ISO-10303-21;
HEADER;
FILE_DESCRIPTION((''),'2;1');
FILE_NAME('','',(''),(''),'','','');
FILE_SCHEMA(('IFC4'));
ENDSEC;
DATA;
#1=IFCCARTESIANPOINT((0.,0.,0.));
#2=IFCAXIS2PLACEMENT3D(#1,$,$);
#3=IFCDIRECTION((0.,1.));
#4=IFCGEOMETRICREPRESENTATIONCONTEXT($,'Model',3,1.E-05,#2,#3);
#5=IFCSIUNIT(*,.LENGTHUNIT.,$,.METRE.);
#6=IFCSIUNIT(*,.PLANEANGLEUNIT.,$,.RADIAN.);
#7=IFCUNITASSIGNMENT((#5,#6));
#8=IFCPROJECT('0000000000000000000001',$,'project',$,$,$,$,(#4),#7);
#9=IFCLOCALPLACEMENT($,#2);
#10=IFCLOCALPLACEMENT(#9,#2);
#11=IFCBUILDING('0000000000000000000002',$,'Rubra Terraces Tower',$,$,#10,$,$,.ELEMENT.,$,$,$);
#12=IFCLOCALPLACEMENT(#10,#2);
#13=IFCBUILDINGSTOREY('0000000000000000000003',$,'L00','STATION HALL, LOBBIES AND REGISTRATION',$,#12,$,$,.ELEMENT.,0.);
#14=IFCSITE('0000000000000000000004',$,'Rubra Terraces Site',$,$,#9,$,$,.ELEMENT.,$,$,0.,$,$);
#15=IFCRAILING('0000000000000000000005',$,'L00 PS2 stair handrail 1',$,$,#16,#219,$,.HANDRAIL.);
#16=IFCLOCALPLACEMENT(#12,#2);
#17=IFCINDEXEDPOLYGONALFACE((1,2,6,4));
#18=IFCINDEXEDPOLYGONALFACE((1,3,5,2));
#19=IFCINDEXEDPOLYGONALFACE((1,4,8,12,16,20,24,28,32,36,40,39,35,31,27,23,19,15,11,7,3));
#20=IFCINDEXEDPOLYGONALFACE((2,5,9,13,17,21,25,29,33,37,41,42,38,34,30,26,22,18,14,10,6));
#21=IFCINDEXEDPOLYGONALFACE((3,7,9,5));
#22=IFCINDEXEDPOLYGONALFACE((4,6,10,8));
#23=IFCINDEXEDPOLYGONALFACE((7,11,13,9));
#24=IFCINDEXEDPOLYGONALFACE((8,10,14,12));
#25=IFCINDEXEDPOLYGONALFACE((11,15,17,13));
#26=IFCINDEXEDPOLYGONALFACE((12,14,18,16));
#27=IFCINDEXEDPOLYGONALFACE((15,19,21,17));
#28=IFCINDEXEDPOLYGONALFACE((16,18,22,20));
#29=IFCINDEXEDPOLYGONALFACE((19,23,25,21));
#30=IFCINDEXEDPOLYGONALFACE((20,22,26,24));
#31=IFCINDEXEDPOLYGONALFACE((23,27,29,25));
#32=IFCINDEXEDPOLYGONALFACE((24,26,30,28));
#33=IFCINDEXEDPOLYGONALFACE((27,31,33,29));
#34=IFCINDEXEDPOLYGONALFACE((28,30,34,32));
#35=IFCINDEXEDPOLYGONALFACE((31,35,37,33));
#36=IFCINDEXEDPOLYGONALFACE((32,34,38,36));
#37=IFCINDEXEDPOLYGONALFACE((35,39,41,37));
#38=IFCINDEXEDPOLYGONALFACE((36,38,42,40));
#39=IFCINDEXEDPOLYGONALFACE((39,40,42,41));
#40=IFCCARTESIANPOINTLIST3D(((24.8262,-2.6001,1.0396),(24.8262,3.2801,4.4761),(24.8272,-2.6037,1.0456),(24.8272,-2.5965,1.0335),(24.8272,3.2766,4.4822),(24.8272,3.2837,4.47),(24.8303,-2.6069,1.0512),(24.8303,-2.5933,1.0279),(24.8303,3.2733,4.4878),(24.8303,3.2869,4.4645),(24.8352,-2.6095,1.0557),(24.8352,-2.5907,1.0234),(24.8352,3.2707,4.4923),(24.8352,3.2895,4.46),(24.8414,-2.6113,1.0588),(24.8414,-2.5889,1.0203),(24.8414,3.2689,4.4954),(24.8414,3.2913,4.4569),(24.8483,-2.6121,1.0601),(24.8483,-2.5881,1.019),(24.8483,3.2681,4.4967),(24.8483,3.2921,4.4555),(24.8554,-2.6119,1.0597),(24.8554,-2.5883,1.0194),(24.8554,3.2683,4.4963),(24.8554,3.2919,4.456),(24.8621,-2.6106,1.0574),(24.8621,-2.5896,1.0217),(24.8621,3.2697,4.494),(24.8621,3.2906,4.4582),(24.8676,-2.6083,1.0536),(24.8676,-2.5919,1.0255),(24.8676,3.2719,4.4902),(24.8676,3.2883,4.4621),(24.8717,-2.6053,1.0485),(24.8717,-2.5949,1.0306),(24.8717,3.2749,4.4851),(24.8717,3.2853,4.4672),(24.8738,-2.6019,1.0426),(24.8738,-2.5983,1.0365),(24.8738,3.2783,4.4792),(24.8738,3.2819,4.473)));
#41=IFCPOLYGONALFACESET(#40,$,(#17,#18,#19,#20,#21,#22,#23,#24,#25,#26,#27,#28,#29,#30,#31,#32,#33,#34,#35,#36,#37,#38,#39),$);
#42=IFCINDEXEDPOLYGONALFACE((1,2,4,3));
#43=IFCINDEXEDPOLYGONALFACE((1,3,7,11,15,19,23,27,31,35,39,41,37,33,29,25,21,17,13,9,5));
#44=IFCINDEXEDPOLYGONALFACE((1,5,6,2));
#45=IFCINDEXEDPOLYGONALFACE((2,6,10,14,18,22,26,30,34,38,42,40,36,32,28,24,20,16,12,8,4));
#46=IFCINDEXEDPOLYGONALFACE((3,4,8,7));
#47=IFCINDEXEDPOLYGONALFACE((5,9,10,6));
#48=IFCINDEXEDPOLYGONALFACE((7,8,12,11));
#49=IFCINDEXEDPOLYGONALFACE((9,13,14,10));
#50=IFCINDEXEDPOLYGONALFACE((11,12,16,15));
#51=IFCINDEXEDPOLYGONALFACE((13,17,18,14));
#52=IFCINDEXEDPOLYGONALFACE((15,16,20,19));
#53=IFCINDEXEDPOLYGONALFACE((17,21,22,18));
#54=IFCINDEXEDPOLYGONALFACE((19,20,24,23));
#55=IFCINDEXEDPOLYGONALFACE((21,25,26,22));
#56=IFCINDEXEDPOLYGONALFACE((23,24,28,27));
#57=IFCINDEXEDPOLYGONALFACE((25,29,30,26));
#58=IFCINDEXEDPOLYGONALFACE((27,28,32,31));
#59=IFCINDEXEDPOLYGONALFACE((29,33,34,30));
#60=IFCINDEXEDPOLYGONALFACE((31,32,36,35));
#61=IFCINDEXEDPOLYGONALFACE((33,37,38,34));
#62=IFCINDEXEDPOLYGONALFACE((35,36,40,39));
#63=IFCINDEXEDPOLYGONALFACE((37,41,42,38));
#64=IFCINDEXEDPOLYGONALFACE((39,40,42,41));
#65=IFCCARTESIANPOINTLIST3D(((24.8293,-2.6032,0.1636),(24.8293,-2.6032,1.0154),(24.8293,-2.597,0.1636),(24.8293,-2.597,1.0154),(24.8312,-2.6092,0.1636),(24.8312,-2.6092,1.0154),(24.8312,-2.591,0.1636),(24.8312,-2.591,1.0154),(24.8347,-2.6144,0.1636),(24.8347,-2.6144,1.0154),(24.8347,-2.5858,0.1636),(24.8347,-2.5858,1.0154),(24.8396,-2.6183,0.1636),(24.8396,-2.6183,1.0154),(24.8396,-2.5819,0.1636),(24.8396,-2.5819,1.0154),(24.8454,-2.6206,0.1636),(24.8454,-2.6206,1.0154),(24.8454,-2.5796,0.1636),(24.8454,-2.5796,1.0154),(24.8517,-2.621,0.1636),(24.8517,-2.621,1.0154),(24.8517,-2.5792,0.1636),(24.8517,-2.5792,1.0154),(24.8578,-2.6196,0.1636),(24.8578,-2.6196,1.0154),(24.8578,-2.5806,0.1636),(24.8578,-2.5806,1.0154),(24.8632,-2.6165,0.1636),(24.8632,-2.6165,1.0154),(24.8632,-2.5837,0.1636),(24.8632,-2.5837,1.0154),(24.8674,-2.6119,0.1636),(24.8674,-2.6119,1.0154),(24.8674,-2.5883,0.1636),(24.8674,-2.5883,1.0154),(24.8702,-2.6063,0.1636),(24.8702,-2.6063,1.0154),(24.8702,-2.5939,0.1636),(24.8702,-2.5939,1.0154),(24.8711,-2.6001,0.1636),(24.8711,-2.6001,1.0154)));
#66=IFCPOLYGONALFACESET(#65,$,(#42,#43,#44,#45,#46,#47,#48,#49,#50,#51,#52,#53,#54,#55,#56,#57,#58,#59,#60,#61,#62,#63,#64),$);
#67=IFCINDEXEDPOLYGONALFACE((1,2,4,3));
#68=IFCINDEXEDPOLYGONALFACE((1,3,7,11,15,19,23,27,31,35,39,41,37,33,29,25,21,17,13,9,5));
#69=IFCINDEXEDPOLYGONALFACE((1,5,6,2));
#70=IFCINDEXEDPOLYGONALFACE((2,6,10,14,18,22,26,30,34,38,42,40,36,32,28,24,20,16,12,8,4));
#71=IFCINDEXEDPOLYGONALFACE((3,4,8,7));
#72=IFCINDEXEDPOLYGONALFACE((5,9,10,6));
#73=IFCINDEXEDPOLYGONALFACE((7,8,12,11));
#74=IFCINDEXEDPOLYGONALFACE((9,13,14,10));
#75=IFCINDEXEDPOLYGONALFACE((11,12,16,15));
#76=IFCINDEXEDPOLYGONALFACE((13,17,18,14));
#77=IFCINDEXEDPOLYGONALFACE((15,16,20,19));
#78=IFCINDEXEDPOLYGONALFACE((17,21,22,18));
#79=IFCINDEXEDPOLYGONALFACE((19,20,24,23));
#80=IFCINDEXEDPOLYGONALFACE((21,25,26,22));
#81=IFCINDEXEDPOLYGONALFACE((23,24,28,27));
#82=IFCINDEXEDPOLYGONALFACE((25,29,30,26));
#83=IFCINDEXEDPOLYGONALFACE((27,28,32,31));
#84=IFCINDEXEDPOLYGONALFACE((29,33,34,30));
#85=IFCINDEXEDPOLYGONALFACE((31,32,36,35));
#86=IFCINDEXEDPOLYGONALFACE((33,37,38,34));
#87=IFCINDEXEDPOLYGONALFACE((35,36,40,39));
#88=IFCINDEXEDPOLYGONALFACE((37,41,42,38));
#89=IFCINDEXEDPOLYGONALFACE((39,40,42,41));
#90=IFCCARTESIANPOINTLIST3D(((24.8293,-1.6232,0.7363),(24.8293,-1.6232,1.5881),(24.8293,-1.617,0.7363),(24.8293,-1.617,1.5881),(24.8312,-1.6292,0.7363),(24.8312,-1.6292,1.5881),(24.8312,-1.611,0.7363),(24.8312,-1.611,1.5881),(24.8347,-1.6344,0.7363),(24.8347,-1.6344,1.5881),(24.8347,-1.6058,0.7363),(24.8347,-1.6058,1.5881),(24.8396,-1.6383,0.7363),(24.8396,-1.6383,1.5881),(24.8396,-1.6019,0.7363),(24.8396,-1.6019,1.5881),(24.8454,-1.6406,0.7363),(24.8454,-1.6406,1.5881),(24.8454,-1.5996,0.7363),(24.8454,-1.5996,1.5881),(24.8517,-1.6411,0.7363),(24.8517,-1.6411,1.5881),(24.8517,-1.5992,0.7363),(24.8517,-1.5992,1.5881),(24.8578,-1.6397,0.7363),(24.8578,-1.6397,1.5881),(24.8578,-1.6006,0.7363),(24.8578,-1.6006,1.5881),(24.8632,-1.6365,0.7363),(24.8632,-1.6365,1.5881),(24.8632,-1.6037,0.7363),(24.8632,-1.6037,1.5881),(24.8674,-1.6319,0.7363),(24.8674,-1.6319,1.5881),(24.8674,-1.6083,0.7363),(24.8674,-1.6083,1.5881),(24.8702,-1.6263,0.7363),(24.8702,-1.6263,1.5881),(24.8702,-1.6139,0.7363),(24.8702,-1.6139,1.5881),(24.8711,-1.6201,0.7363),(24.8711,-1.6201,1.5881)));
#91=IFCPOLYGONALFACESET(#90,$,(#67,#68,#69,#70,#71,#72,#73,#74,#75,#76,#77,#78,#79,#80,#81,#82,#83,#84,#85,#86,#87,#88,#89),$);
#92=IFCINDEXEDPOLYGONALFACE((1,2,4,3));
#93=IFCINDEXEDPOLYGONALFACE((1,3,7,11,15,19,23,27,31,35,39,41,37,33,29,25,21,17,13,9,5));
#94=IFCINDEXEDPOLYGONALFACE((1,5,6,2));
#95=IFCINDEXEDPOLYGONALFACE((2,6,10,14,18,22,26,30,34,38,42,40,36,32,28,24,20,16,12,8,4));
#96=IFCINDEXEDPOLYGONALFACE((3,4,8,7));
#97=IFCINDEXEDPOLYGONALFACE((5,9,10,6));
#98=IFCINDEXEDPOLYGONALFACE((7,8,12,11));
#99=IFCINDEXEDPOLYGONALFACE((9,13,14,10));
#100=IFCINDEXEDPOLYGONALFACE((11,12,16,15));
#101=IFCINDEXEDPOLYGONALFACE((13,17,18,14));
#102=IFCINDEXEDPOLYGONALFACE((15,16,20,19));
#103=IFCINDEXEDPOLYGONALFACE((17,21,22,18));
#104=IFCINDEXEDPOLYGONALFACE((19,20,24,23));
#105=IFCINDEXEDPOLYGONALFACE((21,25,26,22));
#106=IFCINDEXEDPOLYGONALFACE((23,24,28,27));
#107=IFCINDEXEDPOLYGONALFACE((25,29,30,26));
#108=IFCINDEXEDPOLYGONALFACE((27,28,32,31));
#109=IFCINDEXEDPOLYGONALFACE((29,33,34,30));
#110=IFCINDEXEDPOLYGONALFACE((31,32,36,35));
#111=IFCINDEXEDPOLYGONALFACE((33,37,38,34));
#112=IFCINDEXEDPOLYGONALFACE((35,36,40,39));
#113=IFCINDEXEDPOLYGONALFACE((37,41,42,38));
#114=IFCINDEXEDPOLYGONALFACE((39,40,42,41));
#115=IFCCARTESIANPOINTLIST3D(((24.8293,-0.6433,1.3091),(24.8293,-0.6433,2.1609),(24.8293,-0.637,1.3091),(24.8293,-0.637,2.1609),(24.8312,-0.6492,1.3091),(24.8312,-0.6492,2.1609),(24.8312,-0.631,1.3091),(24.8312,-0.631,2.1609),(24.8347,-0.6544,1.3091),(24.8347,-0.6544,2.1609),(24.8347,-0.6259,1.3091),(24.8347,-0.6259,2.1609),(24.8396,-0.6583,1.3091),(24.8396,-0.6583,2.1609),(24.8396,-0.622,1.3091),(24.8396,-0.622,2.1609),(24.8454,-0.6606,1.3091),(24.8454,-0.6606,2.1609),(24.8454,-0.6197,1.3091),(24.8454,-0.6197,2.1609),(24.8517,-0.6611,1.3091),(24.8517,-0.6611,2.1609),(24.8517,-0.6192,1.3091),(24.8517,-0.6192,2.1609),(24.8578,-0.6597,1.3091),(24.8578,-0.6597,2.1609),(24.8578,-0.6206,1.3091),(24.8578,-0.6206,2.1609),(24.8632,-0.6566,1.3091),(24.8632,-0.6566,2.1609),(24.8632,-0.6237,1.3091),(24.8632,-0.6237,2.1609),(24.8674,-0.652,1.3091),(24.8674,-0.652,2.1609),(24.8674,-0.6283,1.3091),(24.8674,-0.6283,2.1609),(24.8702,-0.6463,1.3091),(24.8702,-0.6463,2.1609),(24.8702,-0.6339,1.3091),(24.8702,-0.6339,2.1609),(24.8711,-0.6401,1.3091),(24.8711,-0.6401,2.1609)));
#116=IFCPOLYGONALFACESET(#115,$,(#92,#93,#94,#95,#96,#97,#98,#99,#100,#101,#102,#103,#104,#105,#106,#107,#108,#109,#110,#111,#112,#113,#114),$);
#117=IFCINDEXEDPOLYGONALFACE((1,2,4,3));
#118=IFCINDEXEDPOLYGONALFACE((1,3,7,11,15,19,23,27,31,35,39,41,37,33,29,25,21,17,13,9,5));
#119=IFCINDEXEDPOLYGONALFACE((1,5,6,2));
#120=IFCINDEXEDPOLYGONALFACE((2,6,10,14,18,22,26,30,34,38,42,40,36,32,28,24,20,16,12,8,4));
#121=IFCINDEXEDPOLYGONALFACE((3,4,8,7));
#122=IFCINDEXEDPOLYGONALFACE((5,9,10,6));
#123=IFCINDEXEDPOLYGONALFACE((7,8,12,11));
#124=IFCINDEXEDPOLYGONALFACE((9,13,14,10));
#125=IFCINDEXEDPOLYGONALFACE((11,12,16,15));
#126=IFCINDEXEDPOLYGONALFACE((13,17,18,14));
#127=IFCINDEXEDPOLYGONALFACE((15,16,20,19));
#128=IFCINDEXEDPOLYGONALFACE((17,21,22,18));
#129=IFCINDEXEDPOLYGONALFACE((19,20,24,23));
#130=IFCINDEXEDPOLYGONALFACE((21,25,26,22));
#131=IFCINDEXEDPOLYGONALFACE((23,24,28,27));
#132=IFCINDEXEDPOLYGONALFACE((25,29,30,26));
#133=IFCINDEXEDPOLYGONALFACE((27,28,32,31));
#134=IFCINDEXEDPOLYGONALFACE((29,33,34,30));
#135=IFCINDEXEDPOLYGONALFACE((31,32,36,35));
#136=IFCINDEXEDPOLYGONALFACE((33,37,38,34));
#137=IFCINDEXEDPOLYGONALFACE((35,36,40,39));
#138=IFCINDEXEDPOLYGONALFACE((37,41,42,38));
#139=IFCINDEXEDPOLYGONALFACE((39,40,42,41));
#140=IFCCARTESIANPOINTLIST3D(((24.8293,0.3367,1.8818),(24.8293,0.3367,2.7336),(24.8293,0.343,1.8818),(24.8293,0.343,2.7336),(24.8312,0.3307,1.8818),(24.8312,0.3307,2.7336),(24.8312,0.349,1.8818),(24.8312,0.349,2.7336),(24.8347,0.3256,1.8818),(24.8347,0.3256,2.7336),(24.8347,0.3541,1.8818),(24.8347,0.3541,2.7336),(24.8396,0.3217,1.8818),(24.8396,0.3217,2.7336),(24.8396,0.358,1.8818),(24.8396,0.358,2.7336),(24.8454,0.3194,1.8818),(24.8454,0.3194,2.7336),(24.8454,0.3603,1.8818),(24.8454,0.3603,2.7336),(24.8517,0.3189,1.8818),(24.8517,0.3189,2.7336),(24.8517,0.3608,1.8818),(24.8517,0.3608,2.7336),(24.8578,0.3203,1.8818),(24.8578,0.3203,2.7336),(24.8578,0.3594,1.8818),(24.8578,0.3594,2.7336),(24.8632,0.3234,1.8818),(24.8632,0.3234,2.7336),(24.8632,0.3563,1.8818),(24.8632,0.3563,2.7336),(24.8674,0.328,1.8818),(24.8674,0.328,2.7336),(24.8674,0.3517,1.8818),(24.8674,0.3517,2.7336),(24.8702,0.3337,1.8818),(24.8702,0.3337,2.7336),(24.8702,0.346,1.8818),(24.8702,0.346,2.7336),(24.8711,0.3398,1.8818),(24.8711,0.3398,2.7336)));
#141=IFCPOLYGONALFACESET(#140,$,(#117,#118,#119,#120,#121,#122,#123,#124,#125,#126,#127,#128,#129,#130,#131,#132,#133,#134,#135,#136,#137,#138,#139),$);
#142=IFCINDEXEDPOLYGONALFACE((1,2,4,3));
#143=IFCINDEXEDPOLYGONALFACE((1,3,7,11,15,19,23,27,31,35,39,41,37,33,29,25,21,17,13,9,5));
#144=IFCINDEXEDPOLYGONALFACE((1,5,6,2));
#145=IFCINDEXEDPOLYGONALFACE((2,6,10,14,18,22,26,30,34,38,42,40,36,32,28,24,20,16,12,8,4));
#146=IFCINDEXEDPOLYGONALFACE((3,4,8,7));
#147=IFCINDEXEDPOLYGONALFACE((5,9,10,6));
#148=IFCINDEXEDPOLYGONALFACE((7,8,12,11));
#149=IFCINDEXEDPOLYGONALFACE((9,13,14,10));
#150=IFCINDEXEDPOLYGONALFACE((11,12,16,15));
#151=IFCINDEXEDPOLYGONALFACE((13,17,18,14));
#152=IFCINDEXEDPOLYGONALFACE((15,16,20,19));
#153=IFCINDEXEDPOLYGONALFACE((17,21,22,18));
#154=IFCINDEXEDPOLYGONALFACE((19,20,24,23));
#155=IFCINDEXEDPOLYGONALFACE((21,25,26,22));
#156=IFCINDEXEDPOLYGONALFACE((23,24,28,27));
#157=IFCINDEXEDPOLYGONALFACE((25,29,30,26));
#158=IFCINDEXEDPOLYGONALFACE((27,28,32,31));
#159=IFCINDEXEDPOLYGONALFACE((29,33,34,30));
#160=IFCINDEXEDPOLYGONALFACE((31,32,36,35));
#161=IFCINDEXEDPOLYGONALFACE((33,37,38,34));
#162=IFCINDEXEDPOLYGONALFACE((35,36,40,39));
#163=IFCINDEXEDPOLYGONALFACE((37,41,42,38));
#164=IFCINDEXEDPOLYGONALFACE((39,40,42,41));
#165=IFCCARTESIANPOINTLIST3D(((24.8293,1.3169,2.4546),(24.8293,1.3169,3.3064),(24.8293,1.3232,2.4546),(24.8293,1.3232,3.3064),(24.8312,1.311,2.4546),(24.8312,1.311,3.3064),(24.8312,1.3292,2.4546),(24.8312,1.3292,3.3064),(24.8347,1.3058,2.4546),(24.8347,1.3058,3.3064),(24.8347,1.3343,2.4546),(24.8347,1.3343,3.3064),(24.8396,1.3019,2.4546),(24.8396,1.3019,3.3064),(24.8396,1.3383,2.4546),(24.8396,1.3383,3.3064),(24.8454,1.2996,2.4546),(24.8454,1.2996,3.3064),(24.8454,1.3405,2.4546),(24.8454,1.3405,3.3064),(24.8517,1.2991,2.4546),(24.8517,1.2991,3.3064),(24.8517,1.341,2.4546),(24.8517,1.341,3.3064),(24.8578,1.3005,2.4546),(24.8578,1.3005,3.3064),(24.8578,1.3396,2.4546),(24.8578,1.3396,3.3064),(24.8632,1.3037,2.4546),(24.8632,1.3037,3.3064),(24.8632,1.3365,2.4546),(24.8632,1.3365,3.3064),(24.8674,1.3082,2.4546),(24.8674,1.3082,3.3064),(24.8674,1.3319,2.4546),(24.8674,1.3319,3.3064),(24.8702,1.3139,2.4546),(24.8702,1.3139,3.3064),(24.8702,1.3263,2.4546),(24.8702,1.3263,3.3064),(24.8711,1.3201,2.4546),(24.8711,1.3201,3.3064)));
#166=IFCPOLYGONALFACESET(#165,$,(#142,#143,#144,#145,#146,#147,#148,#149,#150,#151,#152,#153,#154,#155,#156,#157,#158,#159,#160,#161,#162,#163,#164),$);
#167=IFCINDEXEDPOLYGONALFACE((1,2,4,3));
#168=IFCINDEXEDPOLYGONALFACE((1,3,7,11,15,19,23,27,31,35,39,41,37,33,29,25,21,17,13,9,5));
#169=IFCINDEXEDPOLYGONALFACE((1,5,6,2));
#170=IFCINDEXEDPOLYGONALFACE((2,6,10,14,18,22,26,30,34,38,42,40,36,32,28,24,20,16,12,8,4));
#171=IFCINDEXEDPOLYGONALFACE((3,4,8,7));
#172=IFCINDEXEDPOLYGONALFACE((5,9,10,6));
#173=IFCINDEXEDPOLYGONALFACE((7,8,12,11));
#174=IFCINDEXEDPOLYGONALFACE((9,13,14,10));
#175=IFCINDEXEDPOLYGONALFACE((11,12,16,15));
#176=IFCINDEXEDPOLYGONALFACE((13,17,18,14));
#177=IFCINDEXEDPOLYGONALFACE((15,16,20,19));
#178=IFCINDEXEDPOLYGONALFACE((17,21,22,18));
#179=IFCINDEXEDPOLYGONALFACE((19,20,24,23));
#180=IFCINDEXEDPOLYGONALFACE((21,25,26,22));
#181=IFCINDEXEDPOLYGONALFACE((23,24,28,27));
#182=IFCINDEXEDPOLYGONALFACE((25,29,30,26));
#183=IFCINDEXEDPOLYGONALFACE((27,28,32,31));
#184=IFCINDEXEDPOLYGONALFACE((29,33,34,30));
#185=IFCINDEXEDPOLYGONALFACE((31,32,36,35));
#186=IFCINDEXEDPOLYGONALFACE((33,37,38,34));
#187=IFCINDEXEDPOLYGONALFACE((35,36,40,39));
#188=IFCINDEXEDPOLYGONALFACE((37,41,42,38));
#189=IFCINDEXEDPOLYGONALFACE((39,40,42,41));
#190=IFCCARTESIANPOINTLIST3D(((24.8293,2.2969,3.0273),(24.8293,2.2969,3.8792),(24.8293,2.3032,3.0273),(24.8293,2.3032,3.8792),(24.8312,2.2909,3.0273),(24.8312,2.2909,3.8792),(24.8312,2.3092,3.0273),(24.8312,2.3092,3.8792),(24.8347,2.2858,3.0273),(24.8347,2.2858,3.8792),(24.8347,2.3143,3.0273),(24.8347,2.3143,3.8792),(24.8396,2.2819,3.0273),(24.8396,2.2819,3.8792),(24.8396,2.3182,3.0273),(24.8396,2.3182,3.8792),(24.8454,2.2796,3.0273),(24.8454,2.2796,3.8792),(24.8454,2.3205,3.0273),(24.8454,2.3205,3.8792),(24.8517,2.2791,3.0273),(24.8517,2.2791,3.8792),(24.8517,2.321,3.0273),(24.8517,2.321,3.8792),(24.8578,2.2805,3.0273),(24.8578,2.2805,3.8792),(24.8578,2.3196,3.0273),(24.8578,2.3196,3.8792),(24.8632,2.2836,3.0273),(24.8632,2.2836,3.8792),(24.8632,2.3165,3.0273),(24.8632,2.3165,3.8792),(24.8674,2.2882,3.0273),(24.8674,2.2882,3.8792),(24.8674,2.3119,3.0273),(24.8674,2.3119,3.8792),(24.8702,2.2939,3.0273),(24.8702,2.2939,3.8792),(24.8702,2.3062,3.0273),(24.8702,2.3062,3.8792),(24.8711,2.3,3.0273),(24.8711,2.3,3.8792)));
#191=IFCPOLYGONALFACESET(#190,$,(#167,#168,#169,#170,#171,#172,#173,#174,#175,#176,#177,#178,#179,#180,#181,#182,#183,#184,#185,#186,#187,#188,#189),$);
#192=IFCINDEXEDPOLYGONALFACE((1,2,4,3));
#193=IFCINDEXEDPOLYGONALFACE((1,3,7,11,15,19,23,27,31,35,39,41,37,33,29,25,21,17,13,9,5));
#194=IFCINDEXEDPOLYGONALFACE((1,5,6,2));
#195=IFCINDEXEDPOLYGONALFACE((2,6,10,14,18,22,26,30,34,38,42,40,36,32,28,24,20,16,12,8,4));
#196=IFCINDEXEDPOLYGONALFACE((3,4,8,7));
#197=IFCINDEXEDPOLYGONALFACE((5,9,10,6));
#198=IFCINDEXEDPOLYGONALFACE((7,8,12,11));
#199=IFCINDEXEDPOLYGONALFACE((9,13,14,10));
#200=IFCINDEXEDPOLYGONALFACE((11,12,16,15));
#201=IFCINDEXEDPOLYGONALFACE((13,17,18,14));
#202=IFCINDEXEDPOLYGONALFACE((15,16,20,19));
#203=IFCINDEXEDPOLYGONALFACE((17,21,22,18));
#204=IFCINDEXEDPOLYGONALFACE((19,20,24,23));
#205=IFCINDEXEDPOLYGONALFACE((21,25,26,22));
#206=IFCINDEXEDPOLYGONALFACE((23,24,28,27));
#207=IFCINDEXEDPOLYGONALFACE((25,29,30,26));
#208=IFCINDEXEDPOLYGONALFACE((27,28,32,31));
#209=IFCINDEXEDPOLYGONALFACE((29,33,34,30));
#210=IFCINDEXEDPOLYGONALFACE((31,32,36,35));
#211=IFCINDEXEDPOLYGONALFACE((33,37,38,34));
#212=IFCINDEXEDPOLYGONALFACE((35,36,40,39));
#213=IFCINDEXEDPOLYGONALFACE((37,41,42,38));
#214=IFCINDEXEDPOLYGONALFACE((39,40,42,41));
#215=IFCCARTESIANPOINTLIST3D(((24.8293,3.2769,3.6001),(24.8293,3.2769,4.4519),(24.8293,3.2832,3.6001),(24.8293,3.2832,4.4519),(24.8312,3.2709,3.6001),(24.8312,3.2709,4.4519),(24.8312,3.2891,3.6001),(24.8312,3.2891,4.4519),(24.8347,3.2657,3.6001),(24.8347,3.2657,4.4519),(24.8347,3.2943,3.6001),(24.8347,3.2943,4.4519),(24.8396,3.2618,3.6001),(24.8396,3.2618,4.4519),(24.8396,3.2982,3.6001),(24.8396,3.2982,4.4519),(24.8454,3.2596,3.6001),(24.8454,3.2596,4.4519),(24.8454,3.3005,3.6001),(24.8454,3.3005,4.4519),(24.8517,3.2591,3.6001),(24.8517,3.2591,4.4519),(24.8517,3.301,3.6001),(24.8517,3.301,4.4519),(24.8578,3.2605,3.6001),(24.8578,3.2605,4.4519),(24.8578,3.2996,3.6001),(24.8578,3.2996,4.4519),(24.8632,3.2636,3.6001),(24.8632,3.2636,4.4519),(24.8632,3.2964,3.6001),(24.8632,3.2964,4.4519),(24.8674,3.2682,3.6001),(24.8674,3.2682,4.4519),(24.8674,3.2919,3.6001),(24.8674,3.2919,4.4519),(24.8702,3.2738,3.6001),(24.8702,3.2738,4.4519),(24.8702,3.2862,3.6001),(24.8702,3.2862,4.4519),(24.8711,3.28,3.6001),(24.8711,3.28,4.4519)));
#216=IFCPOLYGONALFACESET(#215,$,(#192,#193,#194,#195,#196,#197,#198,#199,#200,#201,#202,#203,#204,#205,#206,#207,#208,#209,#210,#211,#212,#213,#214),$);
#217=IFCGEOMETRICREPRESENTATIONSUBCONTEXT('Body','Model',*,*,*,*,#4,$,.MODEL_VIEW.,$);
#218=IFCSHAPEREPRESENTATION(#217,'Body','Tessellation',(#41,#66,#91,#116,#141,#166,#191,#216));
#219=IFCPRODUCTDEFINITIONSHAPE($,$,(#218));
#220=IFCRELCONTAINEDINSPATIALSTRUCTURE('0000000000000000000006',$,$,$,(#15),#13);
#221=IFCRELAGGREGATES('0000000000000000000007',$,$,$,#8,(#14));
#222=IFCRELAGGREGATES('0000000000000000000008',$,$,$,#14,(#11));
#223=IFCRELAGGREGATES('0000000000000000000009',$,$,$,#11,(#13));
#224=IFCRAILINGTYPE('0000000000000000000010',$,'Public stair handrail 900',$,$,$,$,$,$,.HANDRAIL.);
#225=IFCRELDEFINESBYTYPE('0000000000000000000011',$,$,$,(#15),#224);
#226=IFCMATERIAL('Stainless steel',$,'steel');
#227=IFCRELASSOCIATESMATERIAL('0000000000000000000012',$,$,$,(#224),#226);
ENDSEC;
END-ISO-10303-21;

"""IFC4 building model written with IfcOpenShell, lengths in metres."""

from ifc_helpers import new_model, si_unit, direction, frame, origin, origin_2d, place, context, subcontext, project, spatial, circle, extrude, material, type_object, element, save


model = new_model("IFC4")

# Units and contexts
model_context = context("Model", 3, precision=1e-05, world=origin(), true_north=direction((0.0, 1.0)))
body_context = subcontext(model_context, "Body", "Model", "MODEL_VIEW")
ifc_project = project(units=[si_unit("LENGTHUNIT", "METRE"), si_unit("PLANEANGLEUNIT", "RADIAN")], contexts=[model_context])

# Site, building, storey
site_placement = place(None, origin())
site = spatial("IfcSite", under=ifc_project, at=site_placement, Name="Rubra Terraces Site", CompositionType="ELEMENT", RefElevation=0.0)
building_placement = place(site_placement, origin())
building = spatial("IfcBuilding", under=site, at=building_placement, Name="Rubra Terraces Tower", CompositionType="ELEMENT")
storey_placement = place(building_placement, origin())
storey = spatial("IfcBuildingStorey", under=building, at=storey_placement, Name="L00", Description="STATION HALL, LOBBIES AND REGISTRATION", CompositionType="ELEMENT", Elevation=0.0)

# Railing
ifc_material_1 = material(Name="Stainless steel", Category="steel")
railing_type_1 = type_object("IfcRailingType", Name="Public stair handrail 900", PredefinedType="HANDRAIL", material=ifc_material_1)
railing_1_placement = place(storey_placement, frame((24.8501, -2.6001, 0.1636)))
element("IfcRailing", 1, at=railing_1_placement, inside=storey, type_object=railing_type_1, Name="L00 PS2 stair handrail 1", PredefinedType="HANDRAIL", context=body_context, shape_type="SweptSolid", body=[
    extrude(circle(Radius=0.0239, at=origin_2d()), frame((0.0, 0.0, 0.876), z_axis=(0.0, 0.863366, 0.504577), x_axis=(-1.0, 0.0, 0.0)), (0.0, 0.0, 1.0), 6.8108),
    extrude(circle(Radius=0.021, at=origin_2d()), origin(), (0.0, 0.0, 1.0), 0.8518),
    extrude(circle(Radius=0.021, at=origin_2d()), frame((0.0, 0.98, 0.5728)), (0.0, 0.0, 1.0), 0.8518),
    extrude(circle(Radius=0.021, at=origin_2d()), frame((0.0, 1.96, 1.1455)), (0.0, 0.0, 1.0), 0.8518),
    extrude(circle(Radius=0.021, at=origin_2d()), frame((0.0, 2.9399, 1.7183)), (0.0, 0.0, 1.0), 0.8518),
    extrude(circle(Radius=0.021, at=origin_2d()), frame((0.0, 3.9202, 2.291)), (0.0, 0.0, 1.0), 0.8518),
    extrude(circle(Radius=0.021, at=origin_2d()), frame((0.0, 4.9001, 2.8638)), (0.0, 0.0, 1.0), 0.8518),
    extrude(circle(Radius=0.021, at=origin_2d()), frame((0.0, 5.8801, 3.4365)), (0.0, 0.0, 1.0), 0.8518),
])

save(model, "model.ifc")
